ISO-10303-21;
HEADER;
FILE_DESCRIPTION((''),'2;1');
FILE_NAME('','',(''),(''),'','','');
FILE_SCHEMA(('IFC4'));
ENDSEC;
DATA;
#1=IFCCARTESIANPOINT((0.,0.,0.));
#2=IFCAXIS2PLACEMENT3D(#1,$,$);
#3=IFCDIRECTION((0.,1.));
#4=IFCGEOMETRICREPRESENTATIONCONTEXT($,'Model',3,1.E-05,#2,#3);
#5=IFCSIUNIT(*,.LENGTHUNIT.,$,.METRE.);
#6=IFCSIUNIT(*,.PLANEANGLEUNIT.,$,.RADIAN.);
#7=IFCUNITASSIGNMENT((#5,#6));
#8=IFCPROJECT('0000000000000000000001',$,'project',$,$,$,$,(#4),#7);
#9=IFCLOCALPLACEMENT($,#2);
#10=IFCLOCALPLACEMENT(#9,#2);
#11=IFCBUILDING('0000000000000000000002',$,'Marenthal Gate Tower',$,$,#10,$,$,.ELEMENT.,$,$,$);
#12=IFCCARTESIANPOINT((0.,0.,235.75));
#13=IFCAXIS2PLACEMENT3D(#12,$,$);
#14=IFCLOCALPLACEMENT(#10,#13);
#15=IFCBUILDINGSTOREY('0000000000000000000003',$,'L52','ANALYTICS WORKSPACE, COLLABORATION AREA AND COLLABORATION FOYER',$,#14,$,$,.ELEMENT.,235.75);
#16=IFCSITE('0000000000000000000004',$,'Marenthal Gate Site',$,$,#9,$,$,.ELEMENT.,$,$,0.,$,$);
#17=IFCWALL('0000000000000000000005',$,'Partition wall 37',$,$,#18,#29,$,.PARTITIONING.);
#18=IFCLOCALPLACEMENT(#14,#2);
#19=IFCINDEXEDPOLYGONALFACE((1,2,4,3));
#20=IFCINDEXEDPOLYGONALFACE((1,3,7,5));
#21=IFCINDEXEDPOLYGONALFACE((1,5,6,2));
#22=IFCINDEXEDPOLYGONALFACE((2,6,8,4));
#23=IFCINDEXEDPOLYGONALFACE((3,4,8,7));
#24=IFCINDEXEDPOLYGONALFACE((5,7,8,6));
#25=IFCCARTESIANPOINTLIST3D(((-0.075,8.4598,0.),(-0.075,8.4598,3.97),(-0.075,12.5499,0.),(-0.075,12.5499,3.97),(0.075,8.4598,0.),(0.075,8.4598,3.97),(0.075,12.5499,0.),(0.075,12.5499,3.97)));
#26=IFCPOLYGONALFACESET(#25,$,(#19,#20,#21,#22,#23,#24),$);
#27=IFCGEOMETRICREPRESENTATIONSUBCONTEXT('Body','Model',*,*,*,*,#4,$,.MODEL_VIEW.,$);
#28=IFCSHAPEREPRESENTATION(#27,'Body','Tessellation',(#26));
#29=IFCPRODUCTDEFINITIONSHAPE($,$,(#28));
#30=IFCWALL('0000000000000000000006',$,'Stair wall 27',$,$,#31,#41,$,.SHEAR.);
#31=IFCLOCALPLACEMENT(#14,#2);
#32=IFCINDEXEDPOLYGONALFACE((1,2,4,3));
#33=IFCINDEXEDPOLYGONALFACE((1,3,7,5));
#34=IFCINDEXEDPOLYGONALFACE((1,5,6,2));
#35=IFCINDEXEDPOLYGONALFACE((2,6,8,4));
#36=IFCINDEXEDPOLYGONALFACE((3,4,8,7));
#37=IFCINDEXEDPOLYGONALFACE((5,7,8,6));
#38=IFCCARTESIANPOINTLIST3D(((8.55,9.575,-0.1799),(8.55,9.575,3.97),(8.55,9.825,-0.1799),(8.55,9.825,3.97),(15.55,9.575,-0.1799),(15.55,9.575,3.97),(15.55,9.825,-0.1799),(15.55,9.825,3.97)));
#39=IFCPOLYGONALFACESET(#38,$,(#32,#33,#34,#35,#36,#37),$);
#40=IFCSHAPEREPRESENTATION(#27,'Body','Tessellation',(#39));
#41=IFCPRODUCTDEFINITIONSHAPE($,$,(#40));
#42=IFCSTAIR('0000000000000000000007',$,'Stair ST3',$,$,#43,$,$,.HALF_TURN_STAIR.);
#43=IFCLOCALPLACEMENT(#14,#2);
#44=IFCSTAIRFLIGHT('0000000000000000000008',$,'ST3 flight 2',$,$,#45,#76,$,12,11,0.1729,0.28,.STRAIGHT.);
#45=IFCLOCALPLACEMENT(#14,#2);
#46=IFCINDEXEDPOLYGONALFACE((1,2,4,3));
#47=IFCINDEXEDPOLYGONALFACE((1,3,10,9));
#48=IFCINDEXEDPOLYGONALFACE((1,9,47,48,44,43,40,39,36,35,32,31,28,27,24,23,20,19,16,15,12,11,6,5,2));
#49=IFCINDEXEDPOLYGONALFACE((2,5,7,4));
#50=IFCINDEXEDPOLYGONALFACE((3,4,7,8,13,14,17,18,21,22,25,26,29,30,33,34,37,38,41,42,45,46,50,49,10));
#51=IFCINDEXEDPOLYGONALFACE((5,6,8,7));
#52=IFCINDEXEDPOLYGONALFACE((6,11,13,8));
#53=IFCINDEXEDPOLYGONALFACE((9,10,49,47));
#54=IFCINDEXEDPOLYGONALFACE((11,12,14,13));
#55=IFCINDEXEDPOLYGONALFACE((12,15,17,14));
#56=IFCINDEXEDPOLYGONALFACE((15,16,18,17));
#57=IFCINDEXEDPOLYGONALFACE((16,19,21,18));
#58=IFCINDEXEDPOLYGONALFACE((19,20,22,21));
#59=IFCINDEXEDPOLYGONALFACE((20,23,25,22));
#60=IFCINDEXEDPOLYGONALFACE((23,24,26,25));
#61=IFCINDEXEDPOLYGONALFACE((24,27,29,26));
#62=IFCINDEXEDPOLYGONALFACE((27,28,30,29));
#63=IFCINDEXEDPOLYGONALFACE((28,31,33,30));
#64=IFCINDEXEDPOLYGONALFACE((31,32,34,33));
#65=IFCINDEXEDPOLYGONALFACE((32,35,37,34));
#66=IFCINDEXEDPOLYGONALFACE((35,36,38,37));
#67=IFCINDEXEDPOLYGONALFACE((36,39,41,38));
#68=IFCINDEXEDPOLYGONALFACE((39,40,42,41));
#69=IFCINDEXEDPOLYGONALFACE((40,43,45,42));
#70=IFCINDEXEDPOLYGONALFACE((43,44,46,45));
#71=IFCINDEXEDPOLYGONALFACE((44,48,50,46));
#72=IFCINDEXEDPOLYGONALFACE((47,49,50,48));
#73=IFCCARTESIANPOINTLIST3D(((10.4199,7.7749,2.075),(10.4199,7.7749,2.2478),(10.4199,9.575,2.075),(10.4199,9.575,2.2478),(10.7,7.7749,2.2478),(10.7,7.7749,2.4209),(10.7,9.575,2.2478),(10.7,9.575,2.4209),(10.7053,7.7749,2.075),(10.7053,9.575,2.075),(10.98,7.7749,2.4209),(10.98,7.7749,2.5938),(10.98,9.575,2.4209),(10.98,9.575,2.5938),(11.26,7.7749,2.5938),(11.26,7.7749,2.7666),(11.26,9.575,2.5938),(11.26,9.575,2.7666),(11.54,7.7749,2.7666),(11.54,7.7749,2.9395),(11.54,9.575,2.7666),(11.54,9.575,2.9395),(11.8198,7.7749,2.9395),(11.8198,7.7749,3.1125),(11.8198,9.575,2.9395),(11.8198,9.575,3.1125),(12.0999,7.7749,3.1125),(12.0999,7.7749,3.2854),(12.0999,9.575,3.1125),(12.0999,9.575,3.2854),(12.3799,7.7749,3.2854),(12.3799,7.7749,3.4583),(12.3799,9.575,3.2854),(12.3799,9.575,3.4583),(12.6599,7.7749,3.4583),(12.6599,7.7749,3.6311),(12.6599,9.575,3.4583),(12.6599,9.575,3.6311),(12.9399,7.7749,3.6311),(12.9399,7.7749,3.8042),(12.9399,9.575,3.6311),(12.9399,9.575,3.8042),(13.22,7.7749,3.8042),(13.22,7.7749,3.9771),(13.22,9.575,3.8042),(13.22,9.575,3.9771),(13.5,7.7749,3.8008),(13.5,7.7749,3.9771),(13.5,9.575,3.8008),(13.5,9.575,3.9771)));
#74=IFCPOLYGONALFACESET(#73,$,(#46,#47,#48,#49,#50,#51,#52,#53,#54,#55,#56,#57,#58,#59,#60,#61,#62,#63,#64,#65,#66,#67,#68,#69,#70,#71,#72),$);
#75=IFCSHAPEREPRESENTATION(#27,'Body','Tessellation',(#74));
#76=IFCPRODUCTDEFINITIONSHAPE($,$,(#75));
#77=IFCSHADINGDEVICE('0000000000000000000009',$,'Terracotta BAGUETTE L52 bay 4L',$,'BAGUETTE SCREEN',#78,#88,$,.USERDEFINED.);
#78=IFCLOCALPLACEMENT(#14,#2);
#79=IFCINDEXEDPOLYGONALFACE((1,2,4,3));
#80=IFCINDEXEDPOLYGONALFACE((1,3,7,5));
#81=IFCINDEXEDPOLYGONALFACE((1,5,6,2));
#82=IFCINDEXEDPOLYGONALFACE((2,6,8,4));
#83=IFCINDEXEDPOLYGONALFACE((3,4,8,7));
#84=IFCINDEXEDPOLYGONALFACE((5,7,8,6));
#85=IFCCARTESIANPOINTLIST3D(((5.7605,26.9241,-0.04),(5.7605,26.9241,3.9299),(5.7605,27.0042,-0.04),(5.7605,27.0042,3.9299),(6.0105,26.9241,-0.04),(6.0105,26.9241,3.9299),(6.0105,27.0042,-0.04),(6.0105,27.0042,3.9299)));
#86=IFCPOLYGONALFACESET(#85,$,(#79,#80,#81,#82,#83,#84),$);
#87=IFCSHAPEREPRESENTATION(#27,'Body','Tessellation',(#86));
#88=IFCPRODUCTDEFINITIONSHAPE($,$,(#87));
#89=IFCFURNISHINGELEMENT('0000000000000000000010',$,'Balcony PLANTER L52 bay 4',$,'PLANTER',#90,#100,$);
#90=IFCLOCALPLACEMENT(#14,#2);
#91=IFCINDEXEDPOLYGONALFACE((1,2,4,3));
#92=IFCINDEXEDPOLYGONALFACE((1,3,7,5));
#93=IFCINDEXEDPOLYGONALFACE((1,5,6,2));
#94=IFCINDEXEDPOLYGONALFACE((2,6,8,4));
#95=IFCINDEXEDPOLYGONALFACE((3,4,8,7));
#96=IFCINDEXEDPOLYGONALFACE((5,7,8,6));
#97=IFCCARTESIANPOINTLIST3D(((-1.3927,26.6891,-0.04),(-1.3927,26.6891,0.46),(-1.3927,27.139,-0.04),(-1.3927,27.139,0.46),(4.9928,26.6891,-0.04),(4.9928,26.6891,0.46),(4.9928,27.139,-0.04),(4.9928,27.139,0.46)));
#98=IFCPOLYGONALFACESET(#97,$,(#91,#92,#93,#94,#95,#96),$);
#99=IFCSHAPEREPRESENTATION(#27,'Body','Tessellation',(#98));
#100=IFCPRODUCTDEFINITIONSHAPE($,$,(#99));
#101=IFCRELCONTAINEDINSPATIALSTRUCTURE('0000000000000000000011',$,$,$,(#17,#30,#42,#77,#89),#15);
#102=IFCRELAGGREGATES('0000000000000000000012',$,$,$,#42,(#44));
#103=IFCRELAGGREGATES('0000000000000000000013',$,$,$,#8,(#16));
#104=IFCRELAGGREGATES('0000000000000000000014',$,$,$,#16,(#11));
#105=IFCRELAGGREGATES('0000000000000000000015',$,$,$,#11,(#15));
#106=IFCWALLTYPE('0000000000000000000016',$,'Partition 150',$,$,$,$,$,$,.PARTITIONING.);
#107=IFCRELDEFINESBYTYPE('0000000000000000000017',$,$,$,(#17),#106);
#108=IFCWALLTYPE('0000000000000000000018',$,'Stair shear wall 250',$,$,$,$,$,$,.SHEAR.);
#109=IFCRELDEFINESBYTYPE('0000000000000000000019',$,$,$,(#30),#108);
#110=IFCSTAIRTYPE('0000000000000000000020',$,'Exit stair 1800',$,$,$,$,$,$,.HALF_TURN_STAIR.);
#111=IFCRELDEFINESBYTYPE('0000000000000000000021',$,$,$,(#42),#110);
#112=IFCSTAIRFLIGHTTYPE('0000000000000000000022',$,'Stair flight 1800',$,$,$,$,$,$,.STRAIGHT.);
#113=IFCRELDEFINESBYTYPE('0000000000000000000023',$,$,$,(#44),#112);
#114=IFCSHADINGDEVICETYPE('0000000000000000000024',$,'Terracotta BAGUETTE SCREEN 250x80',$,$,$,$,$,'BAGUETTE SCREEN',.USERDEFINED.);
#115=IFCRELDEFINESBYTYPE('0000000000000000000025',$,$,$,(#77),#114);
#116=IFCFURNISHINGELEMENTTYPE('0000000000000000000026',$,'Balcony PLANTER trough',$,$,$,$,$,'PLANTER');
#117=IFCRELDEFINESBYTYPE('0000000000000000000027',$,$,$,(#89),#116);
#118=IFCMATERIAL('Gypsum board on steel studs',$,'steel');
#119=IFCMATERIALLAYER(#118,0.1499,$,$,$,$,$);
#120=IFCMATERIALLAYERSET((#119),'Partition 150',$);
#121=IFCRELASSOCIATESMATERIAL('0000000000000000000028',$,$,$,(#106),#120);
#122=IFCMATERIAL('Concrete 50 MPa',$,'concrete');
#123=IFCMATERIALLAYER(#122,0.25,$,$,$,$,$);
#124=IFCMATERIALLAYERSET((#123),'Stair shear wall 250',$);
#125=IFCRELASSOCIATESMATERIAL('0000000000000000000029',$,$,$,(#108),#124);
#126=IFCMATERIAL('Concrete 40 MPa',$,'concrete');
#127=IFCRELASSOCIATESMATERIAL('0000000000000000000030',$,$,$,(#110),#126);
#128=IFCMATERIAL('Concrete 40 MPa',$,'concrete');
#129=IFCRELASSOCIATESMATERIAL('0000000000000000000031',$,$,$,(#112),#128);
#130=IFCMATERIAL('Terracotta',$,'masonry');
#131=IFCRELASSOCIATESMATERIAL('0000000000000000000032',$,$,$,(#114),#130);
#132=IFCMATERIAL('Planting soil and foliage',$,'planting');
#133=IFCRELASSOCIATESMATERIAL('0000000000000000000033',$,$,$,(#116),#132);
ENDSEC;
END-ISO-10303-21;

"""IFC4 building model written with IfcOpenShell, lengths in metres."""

from ifc_helpers import new_model, si_unit, direction, frame, frame_2d, origin, origin_2d, place, context, subcontext, project, spatial, polyline, rectangle, outline, extrude, material, layer, layer_set, material_profile, profile_set, type_object, element, aggregate, save


model = new_model("IFC4")

# Units and contexts
model_context = context("Model", 3, precision=1e-05, world=origin(), true_north=direction((0.0, 1.0)))
body_context = subcontext(model_context, "Body", "Model", "MODEL_VIEW")
ifc_project = project(units=[si_unit("LENGTHUNIT", "METRE"), si_unit("PLANEANGLEUNIT", "RADIAN")], contexts=[model_context])

# Site, building, storey
site_placement = place(None, origin())
site = spatial("IfcSite", under=ifc_project, at=site_placement, Name="Marenthal Gate Site", CompositionType="ELEMENT", RefElevation=0.0)
building_placement = place(site_placement, origin())
building = spatial("IfcBuilding", under=site, at=building_placement, Name="Marenthal Gate Tower", CompositionType="ELEMENT")
storey_placement = place(building_placement, frame((0.0, 0.0, 235.75)))
storey = spatial("IfcBuildingStorey", under=building, at=storey_placement, Name="L52", Description="ANALYTICS WORKSPACE, COLLABORATION AREA AND COLLABORATION FOYER", CompositionType="ELEMENT", Elevation=235.75)

# Walls
ifc_material_1 = material(Name="Gypsum board on steel studs", Category="steel")
ifc_layer_1 = layer(ifc_material_1, 0.1499)
ifc_layer_set_1 = layer_set([ifc_layer_1], Name="Partition 150")
wall_type_1 = type_object("IfcWallType", Name="Partition 150", PredefinedType="PARTITIONING", material=ifc_layer_set_1)
wall_1_placement = place(storey_placement, frame((0.0, 8.46, 0.0), z_axis=(0.0, 0.0, 1.0), x_axis=(0.0, 1.0, 0.0)))
element("IfcWall", 1, at=wall_1_placement, inside=storey, type_object=wall_type_1, Name="Partition wall 37", PredefinedType="PARTITIONING", context=body_context, shape_type="SweptSolid", body=[
    extrude(rectangle(XDim=4.0901, YDim=0.1499, at=frame_2d((2.0449, 0.0))), origin(), (0.0, 0.0, 1.0), 3.97),
])
ifc_material_2 = material(Name="Concrete 50 MPa", Category="concrete")
ifc_layer_2 = layer(ifc_material_2, 0.25)
ifc_layer_set_2 = layer_set([ifc_layer_2], Name="Stair shear wall 250")
wall_type_2 = type_object("IfcWallType", Name="Stair shear wall 250", PredefinedType="SHEAR", material=ifc_layer_set_2)
wall_2_placement = place(storey_placement, frame((8.55, 9.7, -0.1799), z_axis=(0.0, 0.0, 1.0), x_axis=(1.0, 0.0, 0.0)))
element("IfcWall", 2, at=wall_2_placement, inside=storey, type_object=wall_type_2, Name="Stair wall 27", PredefinedType="SHEAR", context=body_context, shape_type="SweptSolid", body=[
    extrude(rectangle(XDim=7.0, YDim=0.25, at=frame_2d((3.5, 0.0))), origin(), (0.0, 0.0, 1.0), 4.1499),
])

# Stair, stair flight
ifc_material_3 = material(Name="Concrete 40 MPa", Category="concrete")
stair_type = type_object("IfcStairType", Name="Exit stair 1800", PredefinedType="HALF_TURN_STAIR", material=ifc_material_3)
stair_placement = place(storey_placement, origin())
stair = element("IfcStair", 3, at=stair_placement, inside=storey, type_object=stair_type, Name="Stair ST3", PredefinedType="HALF_TURN_STAIR")
ifc_material_4 = material(Name="Concrete 40 MPa", Category="concrete")
stair_flight_type = type_object("IfcStairFlightType", Name="Stair flight 1800", PredefinedType="STRAIGHT", material=ifc_material_4)
stair_flight_placement = place(storey_placement, frame((10.4199, 8.675, 2.075), z_axis=(0.0, 0.0, 1.0), x_axis=(1.0, 0.0, 0.0)))
stair_flight = element("IfcStairFlight", 4, at=stair_flight_placement, type_object=stair_flight_type, Name="ST3 flight 2", NumberOfRisers=12, NumberOfTreads=11, PredefinedType="STRAIGHT", RiserHeight=0.1729, TreadLength=0.28, context=body_context, shape_type="SweptSolid", body=[
    extrude(outline(polyline([(0.0, 0.0), (0.0, 0.1729), (0.28, 0.1729), (0.28, 0.3459), (0.5601, 0.3459), (0.5601, 0.5188), (0.8401, 0.5188), (0.8401, 0.6917), (1.1201, 0.6917), (1.1201, 0.8645), (1.3999, 0.8645), (1.3999, 1.0376), (1.6799, 1.0376), (1.6799, 1.2104), (1.96, 1.2104), (1.96, 1.3833), (2.24, 1.3833), (2.24, 1.5562), (2.52, 1.5562), (2.52, 1.7292), (2.8, 1.7292), (2.8, 1.9021), (3.0801, 1.9021), (3.0801, 2.075), (3.0801, 1.7258), (0.2854, 0.0), (0.0, 0.0)])), frame((0.0, 0.8999, 0.0), z_axis=(0.0, -1.0, 0.0), x_axis=(1.0, 0.0, 0.0)), (0.0, 0.0, 1.0), 1.8),
])
aggregate(stair, [stair_flight])

# Shading device
ifc_material_5 = material(Name="Terracotta", Category="masonry")
ifc_material_profile_1 = material_profile(ifc_material_5, rectangle(XDim=0.25, YDim=0.0801, at=origin_2d()), Name="Terracotta baguette 250x80")
ifc_profile_set_1 = profile_set([ifc_material_profile_1], Name="Terracotta")
shading_device_type = type_object("IfcShadingDeviceType", Name="Terracotta BAGUETTE SCREEN 250x80", ElementType="BAGUETTE SCREEN", PredefinedType="USERDEFINED", material=ifc_profile_set_1)
shading_device_placement = place(storey_placement, frame((5.8855, 26.9641, -0.04), z_axis=(0.0, 0.0, 1.0), x_axis=(-1.0, 0.0, 0.0)))
element("IfcShadingDevice", 5, at=shading_device_placement, inside=storey, type_object=shading_device_type, Name="Terracotta BAGUETTE L52 bay 4L", ObjectType="BAGUETTE SCREEN", PredefinedType="USERDEFINED", context=body_context, shape_type="SweptSolid", body=[
    extrude(rectangle(XDim=0.25, YDim=0.0801, at=origin_2d()), origin(), (0.0, 0.0, 1.0), 3.97),
])

# Furnishing element
ifc_material_6 = material(Name="Planting soil and foliage", Category="planting")
furnishing_element_type = type_object("IfcFurnishingElementType", Name="Balcony PLANTER trough", ElementType="PLANTER", material=ifc_material_6)
furnishing_placement = place(storey_placement, frame((1.8, 26.9141, -0.04), z_axis=(0.0, 0.0, 1.0), x_axis=(-1.0, 0.0, 0.0)))
element("IfcFurnishingElement", 6, at=furnishing_placement, inside=storey, type_object=furnishing_element_type, Name="Balcony PLANTER L52 bay 4", ObjectType="PLANTER", context=body_context, shape_type="SweptSolid", body=[
    extrude(rectangle(XDim=6.3855, YDim=0.45, at=origin_2d()), origin(), (0.0, 0.0, 1.0), 0.5),
])

save(model, "model.ifc")
